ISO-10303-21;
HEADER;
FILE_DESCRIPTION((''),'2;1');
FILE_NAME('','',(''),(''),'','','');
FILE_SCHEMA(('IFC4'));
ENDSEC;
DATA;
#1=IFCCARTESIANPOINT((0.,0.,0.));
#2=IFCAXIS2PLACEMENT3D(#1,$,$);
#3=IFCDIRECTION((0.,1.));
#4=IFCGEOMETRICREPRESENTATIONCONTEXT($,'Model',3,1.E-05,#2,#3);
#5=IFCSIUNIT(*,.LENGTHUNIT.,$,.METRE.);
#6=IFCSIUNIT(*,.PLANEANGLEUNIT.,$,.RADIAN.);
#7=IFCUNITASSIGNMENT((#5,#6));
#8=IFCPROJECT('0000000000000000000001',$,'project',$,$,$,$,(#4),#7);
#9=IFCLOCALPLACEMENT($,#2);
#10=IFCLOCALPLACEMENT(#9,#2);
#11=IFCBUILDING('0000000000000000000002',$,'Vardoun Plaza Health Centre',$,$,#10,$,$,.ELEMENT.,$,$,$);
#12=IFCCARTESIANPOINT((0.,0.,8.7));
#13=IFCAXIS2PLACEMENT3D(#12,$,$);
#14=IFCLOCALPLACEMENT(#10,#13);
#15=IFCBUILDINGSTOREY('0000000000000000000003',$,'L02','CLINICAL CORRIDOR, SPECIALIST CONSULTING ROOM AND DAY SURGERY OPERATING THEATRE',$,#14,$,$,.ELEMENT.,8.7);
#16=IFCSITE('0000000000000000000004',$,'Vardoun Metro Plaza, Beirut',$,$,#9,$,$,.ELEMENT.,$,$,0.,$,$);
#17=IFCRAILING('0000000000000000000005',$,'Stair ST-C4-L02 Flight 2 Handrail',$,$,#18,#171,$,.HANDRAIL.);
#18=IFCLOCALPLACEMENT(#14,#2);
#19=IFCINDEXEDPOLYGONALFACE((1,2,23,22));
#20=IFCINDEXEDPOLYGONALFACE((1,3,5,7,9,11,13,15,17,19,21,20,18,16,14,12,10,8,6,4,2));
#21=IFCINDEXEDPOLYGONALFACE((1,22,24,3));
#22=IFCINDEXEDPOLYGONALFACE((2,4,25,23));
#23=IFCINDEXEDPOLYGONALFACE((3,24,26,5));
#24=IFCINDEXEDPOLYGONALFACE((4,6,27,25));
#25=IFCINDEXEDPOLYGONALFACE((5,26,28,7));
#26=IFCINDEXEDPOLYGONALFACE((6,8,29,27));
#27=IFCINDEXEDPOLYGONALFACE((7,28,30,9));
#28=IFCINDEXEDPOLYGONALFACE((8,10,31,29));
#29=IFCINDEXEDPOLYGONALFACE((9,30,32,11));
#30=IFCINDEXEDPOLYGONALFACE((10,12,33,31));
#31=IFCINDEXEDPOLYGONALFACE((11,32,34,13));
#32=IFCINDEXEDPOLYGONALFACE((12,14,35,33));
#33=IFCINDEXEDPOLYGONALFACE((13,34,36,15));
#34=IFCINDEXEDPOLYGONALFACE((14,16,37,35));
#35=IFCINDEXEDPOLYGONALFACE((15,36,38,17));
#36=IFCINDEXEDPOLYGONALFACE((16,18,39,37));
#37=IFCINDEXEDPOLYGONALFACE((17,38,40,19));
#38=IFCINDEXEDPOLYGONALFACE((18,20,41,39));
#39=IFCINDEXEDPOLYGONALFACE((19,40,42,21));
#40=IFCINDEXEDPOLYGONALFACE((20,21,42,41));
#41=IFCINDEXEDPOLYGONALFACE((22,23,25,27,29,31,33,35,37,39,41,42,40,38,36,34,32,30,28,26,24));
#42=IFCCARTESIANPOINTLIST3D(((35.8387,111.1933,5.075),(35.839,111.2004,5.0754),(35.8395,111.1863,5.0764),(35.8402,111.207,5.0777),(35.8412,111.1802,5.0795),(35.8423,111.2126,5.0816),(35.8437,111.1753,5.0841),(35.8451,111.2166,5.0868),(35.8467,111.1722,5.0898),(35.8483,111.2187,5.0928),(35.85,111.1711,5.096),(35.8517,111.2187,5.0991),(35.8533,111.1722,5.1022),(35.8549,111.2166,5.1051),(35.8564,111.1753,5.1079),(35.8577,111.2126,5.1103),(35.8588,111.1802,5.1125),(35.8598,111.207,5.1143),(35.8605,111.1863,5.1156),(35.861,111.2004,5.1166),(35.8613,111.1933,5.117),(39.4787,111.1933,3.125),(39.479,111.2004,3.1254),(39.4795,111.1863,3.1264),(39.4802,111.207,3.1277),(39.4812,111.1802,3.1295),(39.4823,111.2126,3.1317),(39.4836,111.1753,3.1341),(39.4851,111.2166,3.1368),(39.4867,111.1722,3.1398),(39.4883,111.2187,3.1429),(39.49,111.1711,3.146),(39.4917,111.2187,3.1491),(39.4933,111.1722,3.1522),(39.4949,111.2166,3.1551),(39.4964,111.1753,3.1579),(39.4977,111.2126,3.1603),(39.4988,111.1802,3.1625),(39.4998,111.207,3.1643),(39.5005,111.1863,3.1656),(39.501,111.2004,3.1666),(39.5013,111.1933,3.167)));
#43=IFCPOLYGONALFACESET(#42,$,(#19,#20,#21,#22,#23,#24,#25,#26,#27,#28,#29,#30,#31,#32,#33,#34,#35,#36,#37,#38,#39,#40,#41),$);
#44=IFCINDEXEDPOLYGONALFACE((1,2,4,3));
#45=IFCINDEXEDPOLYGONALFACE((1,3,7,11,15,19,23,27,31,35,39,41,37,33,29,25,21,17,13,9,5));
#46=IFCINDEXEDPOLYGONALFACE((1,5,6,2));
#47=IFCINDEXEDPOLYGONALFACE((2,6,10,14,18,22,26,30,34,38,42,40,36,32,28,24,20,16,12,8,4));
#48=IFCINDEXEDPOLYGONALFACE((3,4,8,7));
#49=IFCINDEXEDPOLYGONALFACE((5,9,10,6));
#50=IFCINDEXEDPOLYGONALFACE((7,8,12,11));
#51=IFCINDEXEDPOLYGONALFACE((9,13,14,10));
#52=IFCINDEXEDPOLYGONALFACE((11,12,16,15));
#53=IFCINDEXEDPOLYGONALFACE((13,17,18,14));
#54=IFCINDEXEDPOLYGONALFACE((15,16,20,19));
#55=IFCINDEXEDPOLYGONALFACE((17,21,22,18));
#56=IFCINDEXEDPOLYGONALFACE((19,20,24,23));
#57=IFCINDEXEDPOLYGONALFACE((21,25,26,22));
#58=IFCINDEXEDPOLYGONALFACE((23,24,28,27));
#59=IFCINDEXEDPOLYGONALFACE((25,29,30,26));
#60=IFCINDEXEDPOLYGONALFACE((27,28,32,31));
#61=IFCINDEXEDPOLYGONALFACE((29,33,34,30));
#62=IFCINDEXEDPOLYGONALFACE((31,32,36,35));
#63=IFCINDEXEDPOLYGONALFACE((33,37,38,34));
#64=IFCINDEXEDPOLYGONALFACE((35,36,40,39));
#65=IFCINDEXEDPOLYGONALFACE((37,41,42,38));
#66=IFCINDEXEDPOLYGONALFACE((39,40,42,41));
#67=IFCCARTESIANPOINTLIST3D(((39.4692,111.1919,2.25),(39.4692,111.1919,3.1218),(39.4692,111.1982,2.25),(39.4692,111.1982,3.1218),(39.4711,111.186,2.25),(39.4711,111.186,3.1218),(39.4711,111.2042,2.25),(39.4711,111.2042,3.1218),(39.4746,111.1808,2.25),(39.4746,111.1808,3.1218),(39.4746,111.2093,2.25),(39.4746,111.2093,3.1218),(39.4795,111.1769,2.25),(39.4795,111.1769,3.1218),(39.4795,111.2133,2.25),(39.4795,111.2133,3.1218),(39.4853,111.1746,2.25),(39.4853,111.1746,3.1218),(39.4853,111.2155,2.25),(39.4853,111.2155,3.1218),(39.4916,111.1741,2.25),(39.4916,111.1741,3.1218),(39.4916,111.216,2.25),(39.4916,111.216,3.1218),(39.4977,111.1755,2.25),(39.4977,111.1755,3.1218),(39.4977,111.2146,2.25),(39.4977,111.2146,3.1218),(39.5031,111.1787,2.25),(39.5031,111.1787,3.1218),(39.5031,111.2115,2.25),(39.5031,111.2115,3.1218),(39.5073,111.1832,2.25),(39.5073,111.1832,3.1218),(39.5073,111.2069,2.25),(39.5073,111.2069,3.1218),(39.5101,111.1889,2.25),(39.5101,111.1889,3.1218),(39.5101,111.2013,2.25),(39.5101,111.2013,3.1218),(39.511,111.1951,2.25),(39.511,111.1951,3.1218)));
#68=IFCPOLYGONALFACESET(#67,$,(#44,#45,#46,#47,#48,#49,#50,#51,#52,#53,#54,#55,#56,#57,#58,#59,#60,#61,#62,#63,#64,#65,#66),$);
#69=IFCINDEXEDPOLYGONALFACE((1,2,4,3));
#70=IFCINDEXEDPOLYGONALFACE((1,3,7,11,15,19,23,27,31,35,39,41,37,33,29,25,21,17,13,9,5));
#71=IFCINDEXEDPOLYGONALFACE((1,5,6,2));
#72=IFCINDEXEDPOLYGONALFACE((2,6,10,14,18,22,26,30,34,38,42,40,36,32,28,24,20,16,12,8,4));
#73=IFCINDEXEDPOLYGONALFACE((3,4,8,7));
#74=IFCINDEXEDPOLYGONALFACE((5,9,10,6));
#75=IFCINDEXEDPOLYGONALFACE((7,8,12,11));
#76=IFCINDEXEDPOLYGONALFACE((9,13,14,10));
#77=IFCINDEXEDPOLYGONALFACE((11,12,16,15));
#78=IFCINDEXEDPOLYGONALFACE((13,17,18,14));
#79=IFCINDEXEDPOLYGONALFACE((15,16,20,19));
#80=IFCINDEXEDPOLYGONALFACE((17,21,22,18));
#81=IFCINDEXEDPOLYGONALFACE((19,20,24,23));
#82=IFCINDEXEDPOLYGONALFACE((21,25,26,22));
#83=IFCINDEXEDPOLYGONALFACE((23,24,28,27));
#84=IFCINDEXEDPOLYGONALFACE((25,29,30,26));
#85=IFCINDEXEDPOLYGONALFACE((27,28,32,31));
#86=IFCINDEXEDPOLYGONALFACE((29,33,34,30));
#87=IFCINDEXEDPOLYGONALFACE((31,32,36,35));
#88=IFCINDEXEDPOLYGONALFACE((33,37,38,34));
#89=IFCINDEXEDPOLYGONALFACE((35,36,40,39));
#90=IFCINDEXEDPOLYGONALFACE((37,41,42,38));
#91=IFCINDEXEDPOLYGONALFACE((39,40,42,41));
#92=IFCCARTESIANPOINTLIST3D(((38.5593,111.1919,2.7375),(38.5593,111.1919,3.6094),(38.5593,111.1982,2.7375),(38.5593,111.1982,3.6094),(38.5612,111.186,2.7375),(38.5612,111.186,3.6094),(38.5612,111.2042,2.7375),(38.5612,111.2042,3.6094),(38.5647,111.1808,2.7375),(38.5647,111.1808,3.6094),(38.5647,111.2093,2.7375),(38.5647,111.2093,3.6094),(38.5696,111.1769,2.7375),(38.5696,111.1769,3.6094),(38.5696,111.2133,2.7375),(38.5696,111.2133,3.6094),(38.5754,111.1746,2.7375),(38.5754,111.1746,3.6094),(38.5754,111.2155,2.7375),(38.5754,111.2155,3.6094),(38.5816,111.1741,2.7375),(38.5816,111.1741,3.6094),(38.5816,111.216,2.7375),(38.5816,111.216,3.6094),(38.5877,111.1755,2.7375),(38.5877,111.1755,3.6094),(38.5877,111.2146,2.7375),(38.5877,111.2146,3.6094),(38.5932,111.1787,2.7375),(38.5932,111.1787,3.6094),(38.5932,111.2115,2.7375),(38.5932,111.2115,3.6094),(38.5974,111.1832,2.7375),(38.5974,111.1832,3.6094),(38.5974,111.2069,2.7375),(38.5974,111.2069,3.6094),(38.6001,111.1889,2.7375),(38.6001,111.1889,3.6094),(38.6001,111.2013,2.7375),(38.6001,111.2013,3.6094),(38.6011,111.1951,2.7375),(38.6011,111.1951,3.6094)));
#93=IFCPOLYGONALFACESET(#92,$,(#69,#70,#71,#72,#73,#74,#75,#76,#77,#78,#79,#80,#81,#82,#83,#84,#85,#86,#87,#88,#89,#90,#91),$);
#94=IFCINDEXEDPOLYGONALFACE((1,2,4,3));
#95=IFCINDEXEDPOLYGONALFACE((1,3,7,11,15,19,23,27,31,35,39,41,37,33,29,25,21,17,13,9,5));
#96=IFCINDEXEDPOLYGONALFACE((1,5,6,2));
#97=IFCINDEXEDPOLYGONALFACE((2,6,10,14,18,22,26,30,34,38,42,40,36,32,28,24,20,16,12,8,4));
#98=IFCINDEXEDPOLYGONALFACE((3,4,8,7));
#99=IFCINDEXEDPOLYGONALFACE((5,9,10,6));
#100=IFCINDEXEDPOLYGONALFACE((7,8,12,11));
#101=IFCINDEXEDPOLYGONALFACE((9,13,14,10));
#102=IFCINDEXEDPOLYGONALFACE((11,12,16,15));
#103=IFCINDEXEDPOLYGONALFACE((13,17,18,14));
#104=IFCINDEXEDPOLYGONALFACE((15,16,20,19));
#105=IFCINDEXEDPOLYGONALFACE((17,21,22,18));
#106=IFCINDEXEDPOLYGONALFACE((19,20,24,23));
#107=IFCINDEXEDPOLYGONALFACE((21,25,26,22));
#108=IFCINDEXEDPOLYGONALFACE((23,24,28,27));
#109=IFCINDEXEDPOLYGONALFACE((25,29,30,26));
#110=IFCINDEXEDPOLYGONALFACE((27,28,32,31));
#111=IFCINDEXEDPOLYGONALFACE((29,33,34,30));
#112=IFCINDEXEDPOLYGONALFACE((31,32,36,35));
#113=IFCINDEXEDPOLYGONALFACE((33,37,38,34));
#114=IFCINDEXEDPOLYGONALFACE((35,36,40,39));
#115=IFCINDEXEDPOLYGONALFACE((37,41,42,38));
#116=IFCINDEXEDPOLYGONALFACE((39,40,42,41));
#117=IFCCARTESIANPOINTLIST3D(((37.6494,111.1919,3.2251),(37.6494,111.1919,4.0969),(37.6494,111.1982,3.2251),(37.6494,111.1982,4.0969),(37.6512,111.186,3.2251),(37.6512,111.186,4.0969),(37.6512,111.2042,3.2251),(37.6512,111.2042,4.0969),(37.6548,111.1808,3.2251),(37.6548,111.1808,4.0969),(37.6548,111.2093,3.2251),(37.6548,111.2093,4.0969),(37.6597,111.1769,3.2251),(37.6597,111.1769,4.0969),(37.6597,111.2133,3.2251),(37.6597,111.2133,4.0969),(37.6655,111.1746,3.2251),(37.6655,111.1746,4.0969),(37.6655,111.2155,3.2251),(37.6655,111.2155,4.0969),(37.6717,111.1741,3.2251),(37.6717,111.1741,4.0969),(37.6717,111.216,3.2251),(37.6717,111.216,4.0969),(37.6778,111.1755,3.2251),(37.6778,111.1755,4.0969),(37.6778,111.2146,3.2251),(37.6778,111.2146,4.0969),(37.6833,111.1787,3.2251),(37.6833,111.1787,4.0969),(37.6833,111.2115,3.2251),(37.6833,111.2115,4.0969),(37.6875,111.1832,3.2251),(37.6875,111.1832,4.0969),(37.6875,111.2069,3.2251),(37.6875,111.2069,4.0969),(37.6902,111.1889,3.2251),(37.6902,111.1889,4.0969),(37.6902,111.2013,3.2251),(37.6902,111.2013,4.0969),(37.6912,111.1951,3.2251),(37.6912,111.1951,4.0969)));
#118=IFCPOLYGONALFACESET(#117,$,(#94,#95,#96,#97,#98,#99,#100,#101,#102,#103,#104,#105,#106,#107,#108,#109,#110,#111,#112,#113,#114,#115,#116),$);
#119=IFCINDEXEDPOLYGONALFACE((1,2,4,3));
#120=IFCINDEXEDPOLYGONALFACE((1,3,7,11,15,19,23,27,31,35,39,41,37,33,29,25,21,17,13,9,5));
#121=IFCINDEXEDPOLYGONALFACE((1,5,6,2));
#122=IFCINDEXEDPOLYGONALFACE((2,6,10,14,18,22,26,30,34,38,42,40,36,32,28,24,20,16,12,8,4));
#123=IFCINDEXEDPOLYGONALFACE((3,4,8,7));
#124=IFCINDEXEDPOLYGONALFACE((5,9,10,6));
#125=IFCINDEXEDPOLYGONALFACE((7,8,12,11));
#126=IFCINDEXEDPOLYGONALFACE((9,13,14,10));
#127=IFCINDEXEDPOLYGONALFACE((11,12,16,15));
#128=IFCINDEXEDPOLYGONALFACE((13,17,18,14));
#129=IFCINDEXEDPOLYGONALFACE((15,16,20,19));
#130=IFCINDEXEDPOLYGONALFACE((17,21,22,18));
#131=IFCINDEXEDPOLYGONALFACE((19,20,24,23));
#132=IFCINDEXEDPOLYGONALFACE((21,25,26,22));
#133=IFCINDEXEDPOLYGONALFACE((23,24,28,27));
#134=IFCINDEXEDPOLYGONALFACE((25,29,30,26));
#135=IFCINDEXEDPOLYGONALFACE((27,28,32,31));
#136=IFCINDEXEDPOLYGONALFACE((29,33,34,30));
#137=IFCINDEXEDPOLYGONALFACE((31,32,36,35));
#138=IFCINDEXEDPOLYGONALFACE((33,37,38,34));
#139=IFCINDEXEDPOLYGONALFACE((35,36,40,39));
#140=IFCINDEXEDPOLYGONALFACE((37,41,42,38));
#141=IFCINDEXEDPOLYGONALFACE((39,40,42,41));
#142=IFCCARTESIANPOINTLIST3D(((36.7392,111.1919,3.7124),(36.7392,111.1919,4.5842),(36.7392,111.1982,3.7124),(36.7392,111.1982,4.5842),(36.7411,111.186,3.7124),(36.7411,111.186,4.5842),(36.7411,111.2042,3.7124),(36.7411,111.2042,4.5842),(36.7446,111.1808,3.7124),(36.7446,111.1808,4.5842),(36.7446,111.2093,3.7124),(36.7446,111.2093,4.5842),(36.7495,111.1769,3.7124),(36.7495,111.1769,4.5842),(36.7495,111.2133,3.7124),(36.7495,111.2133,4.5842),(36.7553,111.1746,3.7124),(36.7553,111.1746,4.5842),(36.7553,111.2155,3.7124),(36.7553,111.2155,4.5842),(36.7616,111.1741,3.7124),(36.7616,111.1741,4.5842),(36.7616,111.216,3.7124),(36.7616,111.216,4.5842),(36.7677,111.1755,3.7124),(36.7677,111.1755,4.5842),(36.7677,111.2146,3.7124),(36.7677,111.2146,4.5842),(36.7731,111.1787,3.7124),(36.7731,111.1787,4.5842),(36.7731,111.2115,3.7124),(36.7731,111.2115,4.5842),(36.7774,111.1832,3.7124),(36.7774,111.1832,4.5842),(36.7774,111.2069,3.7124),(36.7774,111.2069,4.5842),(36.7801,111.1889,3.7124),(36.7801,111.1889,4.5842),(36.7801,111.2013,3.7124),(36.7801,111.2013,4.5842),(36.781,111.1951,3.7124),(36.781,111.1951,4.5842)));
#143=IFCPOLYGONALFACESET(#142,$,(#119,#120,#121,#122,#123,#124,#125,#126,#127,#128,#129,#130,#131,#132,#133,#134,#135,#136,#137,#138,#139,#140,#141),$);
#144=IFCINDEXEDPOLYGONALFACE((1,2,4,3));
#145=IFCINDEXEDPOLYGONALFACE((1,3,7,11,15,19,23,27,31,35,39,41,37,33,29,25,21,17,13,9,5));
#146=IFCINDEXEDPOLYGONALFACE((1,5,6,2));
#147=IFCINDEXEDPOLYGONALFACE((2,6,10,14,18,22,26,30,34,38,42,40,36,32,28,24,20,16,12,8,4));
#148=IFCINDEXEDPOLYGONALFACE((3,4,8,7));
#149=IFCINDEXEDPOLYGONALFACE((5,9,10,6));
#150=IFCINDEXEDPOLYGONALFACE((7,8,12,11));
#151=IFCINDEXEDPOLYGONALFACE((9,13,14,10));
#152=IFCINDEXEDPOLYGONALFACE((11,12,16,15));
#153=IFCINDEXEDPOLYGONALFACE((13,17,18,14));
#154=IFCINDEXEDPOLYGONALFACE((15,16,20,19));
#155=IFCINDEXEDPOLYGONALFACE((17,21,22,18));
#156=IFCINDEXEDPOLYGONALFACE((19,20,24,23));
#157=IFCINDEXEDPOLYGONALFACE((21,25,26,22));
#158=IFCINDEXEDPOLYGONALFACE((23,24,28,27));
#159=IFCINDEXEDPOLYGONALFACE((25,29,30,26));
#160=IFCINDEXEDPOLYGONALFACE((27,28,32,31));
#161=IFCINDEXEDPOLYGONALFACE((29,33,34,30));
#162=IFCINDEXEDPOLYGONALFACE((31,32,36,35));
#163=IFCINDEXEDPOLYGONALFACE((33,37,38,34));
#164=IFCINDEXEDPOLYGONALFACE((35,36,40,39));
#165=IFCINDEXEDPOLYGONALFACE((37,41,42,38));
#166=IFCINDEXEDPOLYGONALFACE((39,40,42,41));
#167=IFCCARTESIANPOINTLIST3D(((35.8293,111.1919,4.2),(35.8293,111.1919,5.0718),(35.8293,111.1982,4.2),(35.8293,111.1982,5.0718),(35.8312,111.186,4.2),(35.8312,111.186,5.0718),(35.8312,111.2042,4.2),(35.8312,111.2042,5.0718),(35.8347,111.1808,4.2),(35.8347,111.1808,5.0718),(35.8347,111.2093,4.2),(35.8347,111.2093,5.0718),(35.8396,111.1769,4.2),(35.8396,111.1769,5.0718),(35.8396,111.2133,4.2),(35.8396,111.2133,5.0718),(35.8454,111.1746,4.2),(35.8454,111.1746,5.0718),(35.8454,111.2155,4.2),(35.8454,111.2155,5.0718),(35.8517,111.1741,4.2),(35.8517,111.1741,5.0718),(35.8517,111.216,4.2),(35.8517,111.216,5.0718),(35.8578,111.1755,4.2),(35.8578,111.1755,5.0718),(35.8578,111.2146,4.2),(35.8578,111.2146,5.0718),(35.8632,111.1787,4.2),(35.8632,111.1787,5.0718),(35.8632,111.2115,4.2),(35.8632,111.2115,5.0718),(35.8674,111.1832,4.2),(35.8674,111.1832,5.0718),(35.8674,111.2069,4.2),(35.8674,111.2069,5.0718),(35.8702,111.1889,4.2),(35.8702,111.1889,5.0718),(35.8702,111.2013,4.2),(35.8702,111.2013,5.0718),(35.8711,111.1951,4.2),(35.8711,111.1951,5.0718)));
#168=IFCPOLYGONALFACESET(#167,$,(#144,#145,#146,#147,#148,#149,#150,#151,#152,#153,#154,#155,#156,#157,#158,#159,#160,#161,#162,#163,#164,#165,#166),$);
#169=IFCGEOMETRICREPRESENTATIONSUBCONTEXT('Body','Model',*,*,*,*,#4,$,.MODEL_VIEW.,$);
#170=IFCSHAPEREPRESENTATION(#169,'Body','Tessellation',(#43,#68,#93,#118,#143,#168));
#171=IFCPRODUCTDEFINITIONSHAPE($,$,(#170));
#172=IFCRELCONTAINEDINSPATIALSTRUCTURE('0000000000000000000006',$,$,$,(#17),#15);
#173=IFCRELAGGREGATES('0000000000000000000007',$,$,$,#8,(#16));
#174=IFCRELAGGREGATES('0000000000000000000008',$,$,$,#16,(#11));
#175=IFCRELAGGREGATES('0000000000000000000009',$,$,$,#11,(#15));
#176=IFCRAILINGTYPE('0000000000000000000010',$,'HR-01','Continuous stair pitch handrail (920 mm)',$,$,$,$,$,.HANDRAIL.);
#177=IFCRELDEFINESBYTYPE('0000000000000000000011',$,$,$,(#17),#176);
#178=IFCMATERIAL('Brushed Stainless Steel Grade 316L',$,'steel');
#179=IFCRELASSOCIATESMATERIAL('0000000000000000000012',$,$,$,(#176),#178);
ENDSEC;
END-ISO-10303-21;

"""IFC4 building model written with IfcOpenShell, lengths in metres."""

from ifc_helpers import new_model, si_unit, direction, frame, origin, origin_2d, place, context, subcontext, project, spatial, circle, extrude, material, type_object, element, save


model = new_model("IFC4")

# Units and contexts
model_context = context("Model", 3, precision=1e-05, world=origin(), true_north=direction((0.0, 1.0)))
body_context = subcontext(model_context, "Body", "Model", "MODEL_VIEW")
ifc_project = project(units=[si_unit("LENGTHUNIT", "METRE"), si_unit("PLANEANGLEUNIT", "RADIAN")], contexts=[model_context])

# Site, building, storey
site_placement = place(None, origin())
site = spatial("IfcSite", under=ifc_project, at=site_placement, Name="Vardoun Metro Plaza, Beirut", CompositionType="ELEMENT", RefElevation=0.0)
building_placement = place(site_placement, origin())
building = spatial("IfcBuilding", under=site, at=building_placement, Name="Vardoun Plaza Health Centre", CompositionType="ELEMENT")
storey_placement = place(building_placement, frame((0.0, 0.0, 8.7)))
storey = spatial("IfcBuildingStorey", under=building, at=storey_placement, Name="L02", Description="CLINICAL CORRIDOR, SPECIALIST CONSULTING ROOM AND DAY SURGERY OPERATING THEATRE", CompositionType="ELEMENT", Elevation=8.7)

# Railing
ifc_material_1 = material(Name="Brushed Stainless Steel Grade 316L", Category="steel")
railing_type_1 = type_object("IfcRailingType", Name="HR-01", Description="Continuous stair pitch handrail (920 mm)", PredefinedType="HANDRAIL", material=ifc_material_1)
railing_1_placement = place(storey_placement, frame((39.49, 111.1951, 2.25)))
element("IfcRailing", 1, at=railing_1_placement, inside=storey, type_object=railing_type_1, Name="Stair ST-C4-L02 Flight 2 Handrail", PredefinedType="HANDRAIL", context=body_context, shape_type="SweptSolid", body=[
    extrude(circle(Radius=0.0239, at=origin_2d()), frame((0.0, 0.0, 0.896), z_axis=(-0.881479, 0.0, 0.472223), x_axis=(0.0, -1.0, 0.0)), (0.0, 0.0, 1.0), 4.1294),
    extrude(circle(Radius=0.021, at=origin_2d()), origin(), (0.0, 0.0, 1.0), 0.8718),
    extrude(circle(Radius=0.021, at=origin_2d()), frame((-0.9099, 0.0, 0.4875)), (0.0, 0.0, 1.0), 0.8718),
    extrude(circle(Radius=0.021, at=origin_2d()), frame((-1.8198, 0.0, 0.9751)), (0.0, 0.0, 1.0), 0.8718),
    extrude(circle(Radius=0.021, at=origin_2d()), frame((-2.73, 0.0, 1.4624)), (0.0, 0.0, 1.0), 0.8718),
    extrude(circle(Radius=0.021, at=origin_2d()), frame((-3.6399, 0.0, 1.95)), (0.0, 0.0, 1.0), 0.8718),
])

save(model, "model.ifc")
